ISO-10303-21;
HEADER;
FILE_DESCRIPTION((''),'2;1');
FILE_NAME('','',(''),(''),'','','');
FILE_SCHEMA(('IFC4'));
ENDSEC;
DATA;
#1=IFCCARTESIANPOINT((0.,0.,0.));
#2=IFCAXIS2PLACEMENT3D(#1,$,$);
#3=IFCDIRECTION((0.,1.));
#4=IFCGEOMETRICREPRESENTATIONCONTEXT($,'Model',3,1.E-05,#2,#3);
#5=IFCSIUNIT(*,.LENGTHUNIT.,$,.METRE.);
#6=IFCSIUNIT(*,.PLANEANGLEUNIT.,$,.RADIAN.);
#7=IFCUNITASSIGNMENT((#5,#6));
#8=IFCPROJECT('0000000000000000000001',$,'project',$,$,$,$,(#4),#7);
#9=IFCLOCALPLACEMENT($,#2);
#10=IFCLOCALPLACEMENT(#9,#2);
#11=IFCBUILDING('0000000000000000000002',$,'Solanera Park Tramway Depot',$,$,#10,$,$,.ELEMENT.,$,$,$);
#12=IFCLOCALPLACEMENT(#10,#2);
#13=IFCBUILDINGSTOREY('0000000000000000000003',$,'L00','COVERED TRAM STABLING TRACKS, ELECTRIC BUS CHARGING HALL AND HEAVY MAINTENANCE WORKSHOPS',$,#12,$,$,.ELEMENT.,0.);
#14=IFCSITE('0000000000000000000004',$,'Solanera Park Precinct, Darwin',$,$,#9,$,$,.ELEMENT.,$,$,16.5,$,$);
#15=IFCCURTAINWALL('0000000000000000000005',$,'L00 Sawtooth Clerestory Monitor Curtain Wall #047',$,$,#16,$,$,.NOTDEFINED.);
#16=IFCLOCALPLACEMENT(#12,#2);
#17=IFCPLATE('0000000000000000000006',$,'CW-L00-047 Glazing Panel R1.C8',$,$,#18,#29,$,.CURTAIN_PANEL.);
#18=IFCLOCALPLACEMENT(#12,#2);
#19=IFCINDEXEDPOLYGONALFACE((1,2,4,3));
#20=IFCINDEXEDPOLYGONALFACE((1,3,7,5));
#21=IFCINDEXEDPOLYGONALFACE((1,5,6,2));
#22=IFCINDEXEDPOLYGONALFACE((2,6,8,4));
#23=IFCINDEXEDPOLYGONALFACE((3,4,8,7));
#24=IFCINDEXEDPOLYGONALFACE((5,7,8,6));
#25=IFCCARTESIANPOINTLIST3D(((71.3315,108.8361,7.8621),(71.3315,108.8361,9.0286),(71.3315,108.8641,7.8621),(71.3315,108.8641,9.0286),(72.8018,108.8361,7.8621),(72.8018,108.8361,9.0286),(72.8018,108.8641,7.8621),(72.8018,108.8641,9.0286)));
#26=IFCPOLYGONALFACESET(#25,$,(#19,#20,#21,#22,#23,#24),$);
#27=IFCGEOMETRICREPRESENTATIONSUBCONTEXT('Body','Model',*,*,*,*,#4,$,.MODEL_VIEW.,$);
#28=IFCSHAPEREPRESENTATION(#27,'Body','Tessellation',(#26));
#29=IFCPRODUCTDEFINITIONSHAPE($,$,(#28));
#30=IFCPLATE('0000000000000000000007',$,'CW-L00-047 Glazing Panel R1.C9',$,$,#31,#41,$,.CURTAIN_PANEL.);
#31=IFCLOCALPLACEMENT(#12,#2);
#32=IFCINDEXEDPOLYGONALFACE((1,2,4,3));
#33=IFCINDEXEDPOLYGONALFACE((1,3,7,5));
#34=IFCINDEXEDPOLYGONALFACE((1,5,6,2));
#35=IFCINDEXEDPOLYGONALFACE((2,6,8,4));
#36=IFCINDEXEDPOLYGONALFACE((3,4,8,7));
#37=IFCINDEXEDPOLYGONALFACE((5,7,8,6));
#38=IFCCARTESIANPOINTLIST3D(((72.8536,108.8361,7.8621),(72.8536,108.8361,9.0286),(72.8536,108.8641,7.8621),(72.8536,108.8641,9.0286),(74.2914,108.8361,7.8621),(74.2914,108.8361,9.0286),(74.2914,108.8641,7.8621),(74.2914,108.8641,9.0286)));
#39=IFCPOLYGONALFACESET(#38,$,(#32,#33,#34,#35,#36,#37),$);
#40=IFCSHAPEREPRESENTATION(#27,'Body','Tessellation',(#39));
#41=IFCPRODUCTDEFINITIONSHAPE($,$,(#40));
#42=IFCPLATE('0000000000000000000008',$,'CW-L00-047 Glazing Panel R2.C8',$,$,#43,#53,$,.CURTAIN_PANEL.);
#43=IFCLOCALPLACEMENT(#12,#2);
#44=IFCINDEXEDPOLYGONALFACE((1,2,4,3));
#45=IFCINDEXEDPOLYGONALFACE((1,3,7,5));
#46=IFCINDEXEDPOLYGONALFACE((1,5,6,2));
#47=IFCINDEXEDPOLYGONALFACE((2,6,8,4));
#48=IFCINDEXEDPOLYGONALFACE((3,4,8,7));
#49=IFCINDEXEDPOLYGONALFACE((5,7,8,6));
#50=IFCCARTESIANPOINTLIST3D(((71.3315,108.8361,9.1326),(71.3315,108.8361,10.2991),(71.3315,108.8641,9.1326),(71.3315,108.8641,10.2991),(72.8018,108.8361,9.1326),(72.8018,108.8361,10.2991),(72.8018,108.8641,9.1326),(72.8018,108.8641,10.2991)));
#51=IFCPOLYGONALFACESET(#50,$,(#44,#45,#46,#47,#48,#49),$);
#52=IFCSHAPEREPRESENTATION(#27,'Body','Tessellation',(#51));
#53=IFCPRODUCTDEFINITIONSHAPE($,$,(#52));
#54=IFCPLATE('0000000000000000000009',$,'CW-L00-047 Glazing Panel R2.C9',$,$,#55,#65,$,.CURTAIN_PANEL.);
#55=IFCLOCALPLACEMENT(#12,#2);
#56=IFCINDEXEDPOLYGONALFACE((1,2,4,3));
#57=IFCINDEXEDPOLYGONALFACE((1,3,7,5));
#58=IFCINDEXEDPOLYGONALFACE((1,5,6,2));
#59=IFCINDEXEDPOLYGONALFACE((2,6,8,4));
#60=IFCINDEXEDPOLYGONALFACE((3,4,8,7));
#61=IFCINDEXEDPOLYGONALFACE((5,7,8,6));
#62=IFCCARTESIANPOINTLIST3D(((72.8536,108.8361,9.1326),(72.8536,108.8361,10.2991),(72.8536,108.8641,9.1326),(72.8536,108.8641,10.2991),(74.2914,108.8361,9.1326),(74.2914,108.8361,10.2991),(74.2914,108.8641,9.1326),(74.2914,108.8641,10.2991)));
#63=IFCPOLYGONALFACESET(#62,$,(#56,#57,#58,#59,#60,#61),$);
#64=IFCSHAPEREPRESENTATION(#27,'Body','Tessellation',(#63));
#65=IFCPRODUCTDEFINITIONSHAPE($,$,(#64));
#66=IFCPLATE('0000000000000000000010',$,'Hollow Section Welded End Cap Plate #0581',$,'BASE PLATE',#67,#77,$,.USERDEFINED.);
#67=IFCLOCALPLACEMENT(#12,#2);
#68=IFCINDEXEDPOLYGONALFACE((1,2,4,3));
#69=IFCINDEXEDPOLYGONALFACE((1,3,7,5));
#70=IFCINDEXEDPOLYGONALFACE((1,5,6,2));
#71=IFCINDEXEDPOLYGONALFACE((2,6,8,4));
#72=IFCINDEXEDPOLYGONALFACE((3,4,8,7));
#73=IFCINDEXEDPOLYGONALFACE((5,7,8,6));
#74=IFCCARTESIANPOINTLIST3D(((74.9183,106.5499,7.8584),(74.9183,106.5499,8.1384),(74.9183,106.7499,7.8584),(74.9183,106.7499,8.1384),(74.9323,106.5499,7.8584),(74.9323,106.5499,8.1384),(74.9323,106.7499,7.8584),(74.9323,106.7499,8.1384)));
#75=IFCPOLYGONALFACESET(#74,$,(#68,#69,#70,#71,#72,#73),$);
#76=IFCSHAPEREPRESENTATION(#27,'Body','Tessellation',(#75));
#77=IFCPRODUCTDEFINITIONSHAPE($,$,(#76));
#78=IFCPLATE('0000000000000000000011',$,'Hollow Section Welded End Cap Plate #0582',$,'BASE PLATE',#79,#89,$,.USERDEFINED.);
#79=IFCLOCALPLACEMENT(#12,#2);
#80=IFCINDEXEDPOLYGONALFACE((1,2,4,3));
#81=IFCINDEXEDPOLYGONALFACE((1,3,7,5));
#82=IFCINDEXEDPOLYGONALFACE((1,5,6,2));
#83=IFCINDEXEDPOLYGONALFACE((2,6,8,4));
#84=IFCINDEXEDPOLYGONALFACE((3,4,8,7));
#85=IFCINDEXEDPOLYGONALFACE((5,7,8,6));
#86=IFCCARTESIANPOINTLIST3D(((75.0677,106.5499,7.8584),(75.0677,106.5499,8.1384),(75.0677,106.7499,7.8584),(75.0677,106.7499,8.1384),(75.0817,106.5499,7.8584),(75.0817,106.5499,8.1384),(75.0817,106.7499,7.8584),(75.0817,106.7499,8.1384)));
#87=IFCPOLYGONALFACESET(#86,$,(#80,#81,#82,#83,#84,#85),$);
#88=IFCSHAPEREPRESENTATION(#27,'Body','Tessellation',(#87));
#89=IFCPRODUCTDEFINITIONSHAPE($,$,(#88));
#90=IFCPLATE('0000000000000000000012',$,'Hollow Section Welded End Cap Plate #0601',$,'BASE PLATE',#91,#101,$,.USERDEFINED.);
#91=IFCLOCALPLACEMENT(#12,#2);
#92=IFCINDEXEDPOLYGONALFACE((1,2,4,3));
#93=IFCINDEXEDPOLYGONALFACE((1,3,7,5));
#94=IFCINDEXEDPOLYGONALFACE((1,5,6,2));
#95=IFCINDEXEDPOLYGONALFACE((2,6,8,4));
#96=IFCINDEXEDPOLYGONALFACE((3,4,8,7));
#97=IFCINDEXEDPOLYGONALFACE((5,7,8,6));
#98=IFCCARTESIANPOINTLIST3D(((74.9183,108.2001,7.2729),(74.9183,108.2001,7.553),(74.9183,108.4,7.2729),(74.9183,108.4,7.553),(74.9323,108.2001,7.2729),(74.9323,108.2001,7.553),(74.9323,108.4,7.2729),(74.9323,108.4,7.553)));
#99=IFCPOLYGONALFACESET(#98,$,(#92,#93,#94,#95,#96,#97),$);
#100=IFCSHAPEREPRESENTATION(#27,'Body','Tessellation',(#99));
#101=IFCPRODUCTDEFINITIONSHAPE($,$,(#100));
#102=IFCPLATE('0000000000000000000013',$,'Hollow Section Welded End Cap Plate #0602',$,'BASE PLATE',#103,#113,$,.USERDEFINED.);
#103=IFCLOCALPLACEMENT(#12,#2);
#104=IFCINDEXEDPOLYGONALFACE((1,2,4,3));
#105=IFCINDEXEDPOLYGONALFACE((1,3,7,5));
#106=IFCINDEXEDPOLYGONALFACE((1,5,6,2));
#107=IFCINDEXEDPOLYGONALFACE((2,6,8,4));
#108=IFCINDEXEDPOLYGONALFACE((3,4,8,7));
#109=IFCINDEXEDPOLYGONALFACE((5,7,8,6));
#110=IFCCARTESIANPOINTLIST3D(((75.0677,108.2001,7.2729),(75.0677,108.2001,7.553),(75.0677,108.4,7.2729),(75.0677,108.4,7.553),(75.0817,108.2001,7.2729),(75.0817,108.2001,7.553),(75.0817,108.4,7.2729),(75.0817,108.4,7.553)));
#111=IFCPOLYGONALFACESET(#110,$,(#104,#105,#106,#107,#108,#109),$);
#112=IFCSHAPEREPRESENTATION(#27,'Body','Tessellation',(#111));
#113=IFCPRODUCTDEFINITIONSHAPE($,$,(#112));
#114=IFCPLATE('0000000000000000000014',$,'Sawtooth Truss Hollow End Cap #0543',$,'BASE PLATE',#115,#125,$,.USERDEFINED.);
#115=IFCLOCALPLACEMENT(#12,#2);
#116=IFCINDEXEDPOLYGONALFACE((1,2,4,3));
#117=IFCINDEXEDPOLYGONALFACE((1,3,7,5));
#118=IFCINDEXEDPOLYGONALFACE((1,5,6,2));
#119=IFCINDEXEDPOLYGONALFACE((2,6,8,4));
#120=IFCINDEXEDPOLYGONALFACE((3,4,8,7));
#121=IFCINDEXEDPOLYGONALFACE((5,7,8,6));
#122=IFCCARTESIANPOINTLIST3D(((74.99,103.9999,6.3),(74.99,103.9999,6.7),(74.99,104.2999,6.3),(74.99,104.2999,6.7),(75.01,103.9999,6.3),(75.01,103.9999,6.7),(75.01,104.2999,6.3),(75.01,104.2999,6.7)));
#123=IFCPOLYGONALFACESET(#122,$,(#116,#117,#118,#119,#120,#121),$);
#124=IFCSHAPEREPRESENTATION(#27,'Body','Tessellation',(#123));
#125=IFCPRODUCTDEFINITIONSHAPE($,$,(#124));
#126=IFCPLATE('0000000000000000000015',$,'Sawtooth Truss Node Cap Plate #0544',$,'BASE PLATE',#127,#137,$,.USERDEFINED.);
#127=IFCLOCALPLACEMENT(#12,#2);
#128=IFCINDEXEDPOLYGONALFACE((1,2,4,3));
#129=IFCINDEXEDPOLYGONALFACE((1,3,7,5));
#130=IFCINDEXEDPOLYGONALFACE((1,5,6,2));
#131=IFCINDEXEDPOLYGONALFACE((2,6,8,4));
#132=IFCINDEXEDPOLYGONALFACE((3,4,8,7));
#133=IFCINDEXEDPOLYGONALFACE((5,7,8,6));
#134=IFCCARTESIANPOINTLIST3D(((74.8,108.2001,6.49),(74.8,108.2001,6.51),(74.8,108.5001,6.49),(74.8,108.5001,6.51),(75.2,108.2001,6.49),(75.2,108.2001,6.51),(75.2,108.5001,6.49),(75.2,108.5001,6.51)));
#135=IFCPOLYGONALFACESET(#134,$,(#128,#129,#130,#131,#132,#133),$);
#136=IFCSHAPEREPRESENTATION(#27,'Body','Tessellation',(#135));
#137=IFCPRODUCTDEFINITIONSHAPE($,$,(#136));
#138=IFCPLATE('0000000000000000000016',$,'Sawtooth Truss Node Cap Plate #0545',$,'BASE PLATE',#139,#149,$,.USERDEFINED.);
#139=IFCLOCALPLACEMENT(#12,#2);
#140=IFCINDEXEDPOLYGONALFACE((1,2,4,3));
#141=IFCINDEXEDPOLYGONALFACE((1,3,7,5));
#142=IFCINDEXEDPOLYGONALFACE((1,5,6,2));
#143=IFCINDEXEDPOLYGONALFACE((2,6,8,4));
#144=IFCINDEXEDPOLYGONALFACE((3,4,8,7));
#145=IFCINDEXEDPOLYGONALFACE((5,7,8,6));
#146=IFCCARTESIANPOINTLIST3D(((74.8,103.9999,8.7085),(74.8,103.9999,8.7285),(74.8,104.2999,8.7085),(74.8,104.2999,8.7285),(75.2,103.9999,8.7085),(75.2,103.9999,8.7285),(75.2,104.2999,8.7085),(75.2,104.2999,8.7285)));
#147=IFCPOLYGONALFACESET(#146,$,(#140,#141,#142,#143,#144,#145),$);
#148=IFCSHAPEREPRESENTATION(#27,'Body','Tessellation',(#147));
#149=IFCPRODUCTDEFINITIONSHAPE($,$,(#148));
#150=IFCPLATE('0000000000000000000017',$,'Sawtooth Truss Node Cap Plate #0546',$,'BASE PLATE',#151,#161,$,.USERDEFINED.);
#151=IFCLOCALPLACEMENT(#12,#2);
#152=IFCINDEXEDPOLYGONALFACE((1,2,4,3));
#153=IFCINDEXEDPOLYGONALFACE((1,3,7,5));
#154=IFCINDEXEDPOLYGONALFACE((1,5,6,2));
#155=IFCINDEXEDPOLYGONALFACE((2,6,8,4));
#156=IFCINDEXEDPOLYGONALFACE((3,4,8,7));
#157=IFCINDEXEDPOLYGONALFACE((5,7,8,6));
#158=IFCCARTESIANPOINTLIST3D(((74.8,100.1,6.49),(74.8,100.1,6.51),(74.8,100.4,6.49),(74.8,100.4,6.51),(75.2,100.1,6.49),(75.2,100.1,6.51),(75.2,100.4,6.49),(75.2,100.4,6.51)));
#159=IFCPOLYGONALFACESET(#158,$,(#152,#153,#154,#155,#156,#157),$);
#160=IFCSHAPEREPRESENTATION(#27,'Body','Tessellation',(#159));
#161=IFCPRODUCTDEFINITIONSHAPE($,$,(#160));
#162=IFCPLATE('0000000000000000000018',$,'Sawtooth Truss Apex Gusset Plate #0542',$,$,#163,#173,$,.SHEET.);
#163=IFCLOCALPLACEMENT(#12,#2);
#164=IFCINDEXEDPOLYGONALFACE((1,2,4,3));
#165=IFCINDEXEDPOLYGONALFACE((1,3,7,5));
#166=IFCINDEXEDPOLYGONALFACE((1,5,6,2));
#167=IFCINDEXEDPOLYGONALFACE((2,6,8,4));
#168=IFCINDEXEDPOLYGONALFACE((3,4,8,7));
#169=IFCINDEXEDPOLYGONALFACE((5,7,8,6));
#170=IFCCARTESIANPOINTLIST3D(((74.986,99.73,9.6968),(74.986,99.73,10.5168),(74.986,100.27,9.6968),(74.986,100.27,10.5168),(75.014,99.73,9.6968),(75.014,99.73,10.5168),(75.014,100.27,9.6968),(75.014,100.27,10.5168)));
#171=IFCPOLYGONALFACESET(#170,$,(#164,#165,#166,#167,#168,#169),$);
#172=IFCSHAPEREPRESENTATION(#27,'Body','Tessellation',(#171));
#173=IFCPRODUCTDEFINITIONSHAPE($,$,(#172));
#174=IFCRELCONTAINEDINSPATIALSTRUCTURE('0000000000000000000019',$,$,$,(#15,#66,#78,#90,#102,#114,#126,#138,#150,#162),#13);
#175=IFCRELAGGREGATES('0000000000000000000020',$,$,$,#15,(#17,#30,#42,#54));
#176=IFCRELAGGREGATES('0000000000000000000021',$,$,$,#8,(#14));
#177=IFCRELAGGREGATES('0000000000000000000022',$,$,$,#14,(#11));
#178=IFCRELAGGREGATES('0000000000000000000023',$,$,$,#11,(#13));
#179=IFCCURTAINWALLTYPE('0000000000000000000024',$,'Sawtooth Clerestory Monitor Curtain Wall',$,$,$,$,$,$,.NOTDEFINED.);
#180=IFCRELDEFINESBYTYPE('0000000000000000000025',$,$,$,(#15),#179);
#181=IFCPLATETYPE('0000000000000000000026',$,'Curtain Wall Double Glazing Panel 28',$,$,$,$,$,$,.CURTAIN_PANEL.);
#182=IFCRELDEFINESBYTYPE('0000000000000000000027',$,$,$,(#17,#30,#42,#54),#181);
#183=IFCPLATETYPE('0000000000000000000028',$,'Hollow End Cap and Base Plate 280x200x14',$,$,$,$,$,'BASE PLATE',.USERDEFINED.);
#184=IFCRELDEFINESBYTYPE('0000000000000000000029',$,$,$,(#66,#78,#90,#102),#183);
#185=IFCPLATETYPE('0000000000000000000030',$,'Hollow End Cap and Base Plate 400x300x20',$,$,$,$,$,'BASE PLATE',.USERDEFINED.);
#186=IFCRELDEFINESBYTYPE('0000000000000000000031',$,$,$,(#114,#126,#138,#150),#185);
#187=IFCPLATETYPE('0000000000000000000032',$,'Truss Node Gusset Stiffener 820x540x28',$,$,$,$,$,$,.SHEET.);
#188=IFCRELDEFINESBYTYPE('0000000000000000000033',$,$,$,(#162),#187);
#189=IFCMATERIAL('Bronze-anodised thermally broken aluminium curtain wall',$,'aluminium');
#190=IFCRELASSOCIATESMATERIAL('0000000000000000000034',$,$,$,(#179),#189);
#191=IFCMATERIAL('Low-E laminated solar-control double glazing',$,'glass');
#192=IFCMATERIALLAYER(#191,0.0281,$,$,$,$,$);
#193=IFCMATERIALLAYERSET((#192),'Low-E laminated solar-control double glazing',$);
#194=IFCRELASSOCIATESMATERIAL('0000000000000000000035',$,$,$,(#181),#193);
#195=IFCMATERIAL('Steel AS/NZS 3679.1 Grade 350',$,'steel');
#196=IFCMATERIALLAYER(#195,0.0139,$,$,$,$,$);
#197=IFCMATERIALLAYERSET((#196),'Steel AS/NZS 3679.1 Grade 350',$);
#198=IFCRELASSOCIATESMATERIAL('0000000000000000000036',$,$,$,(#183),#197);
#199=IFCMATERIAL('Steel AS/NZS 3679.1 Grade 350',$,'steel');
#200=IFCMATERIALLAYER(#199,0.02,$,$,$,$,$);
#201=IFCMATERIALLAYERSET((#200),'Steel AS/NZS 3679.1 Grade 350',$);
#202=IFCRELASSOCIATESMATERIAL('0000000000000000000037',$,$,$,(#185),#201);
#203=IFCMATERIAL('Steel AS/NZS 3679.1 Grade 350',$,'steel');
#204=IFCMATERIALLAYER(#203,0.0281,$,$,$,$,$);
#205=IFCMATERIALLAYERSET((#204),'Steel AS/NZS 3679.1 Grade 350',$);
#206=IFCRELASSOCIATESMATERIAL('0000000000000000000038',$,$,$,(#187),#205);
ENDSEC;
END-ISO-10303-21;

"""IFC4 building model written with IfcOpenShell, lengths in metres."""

from ifc_helpers import new_model, si_unit, direction, frame, origin, origin_2d, place, context, subcontext, project, spatial, rectangle, extrude, material, layer, layer_set, type_object, element, aggregate, save


model = new_model("IFC4")

# Units and contexts
model_context = context("Model", 3, precision=1e-05, world=origin(), true_north=direction((0.0, 1.0)))
body_context = subcontext(model_context, "Body", "Model", "MODEL_VIEW")
ifc_project = project(units=[si_unit("LENGTHUNIT", "METRE"), si_unit("PLANEANGLEUNIT", "RADIAN")], contexts=[model_context])

# Site, building, storey
site_placement = place(None, origin())
site = spatial("IfcSite", under=ifc_project, at=site_placement, Name="Solanera Park Precinct, Darwin", CompositionType="ELEMENT", RefElevation=16.5)
building_placement = place(site_placement, origin())
building = spatial("IfcBuilding", under=site, at=building_placement, Name="Solanera Park Tramway Depot", CompositionType="ELEMENT")
storey_placement = place(building_placement, origin())
storey = spatial("IfcBuildingStorey", under=building, at=storey_placement, Name="L00", Description="COVERED TRAM STABLING TRACKS, ELECTRIC BUS CHARGING HALL AND HEAVY MAINTENANCE WORKSHOPS", CompositionType="ELEMENT", Elevation=0.0)

# Shared definitions
ifc_material_1 = material(Name="Bronze-anodised thermally broken aluminium curtain wall", Category="aluminium")
curtain_wall_type = type_object("IfcCurtainWallType", Name="Sawtooth Clerestory Monitor Curtain Wall", PredefinedType="NOTDEFINED", material=ifc_material_1)

# Curtain wall
curtain_wall_1_placement = place(storey_placement, origin())
curtain_wall_1 = element("IfcCurtainWall", 1, at=curtain_wall_1_placement, inside=storey, type_object=curtain_wall_type, Name="L00 Sawtooth Clerestory Monitor Curtain Wall #047", PredefinedType="NOTDEFINED")

# Plates
ifc_material_2 = material(Name="Low-E laminated solar-control double glazing", Category="glass")
ifc_layer_1 = layer(ifc_material_2, 0.0281)
ifc_layer_set_1 = layer_set([ifc_layer_1], Name="Low-E laminated solar-control double glazing")
plate_type_1 = type_object("IfcPlateType", Name="Curtain Wall Double Glazing Panel 28", PredefinedType="CURTAIN_PANEL", material=ifc_layer_set_1)
plate_1_placement = place(storey_placement, frame((72.0667, 108.8501, 7.8621), z_axis=(0.0, 0.0, 1.0), x_axis=(1.0, 0.0, 0.0)))
plate_1 = element("IfcPlate", 2, at=plate_1_placement, type_object=plate_type_1, Name="CW-L00-047 Glazing Panel R1.C8", PredefinedType="CURTAIN_PANEL", context=body_context, shape_type="SweptSolid", body=[
    extrude(rectangle(XDim=1.4702, YDim=0.0281, at=origin_2d()), origin(), (0.0, 0.0, 1.0), 1.1665),
])
plate_2_placement = place(storey_placement, frame((73.5725, 108.8501, 7.8621), z_axis=(0.0, 0.0, 1.0), x_axis=(1.0, 0.0, 0.0)))
plate_2 = element("IfcPlate", 3, at=plate_2_placement, type_object=plate_type_1, Name="CW-L00-047 Glazing Panel R1.C9", PredefinedType="CURTAIN_PANEL", context=body_context, shape_type="SweptSolid", body=[
    extrude(rectangle(XDim=1.4377, YDim=0.0281, at=origin_2d()), origin(), (0.0, 0.0, 1.0), 1.1665),
])
plate_3_placement = place(storey_placement, frame((72.0667, 108.8501, 9.1326), z_axis=(0.0, 0.0, 1.0), x_axis=(1.0, 0.0, 0.0)))
plate_3 = element("IfcPlate", 4, at=plate_3_placement, type_object=plate_type_1, Name="CW-L00-047 Glazing Panel R2.C8", PredefinedType="CURTAIN_PANEL", context=body_context, shape_type="SweptSolid", body=[
    extrude(rectangle(XDim=1.4702, YDim=0.0281, at=origin_2d()), origin(), (0.0, 0.0, 1.0), 1.1665),
])
plate_4_placement = place(storey_placement, frame((73.5725, 108.8501, 9.1326), z_axis=(0.0, 0.0, 1.0), x_axis=(1.0, 0.0, 0.0)))
plate_4 = element("IfcPlate", 5, at=plate_4_placement, type_object=plate_type_1, Name="CW-L00-047 Glazing Panel R2.C9", PredefinedType="CURTAIN_PANEL", context=body_context, shape_type="SweptSolid", body=[
    extrude(rectangle(XDim=1.4377, YDim=0.0281, at=origin_2d()), origin(), (0.0, 0.0, 1.0), 1.1665),
])
aggregate(curtain_wall_1, [plate_1, plate_2, plate_3, plate_4])

# Plates
ifc_material_3 = material(Name="Steel AS/NZS 3679.1 Grade 350", Category="steel")
ifc_layer_2 = layer(ifc_material_3, 0.0139)
ifc_layer_set_2 = layer_set([ifc_layer_2], Name="Steel AS/NZS 3679.1 Grade 350")
plate_type_2 = type_object("IfcPlateType", Name="Hollow End Cap and Base Plate 280x200x14", ElementType="BASE PLATE", PredefinedType="USERDEFINED", material=ifc_layer_set_2)
for number, where, z_axis, x_axis, name in (
    (6, (74.9253, 106.6499, 7.8584), (0.0, 0.0, 1.0), (1.0, 0.0, 0.0), "Hollow Section Welded End Cap Plate #0581"),
    (7, (75.0747, 106.6499, 7.8584), (0.0, 0.0, 1.0), (1.0, 0.0, 0.0), "Hollow Section Welded End Cap Plate #0582"),
    (8, (74.9253, 108.3, 7.2729), (0.0, 0.0, 1.0), (1.0, 0.0, 0.0), "Hollow Section Welded End Cap Plate #0601"),
    (9, (75.0747, 108.3, 7.2729), (0.0, 0.0, 1.0), (1.0, 0.0, 0.0), "Hollow Section Welded End Cap Plate #0602"),
):
    element("IfcPlate", number, at=place(storey_placement, frame(where, z_axis=z_axis, x_axis=x_axis)), inside=storey, type_object=plate_type_2, Name=name, ObjectType="BASE PLATE", PredefinedType="USERDEFINED", context=body_context, shape_type="SweptSolid", body=[
        extrude(rectangle(XDim=0.0139, YDim=0.2, at=origin_2d()), origin(), (0.0, 0.0, 1.0), 0.28),
    ])
ifc_material_4 = material(Name="Steel AS/NZS 3679.1 Grade 350", Category="steel")
ifc_layer_3 = layer(ifc_material_4, 0.02)
ifc_layer_set_3 = layer_set([ifc_layer_3], Name="Steel AS/NZS 3679.1 Grade 350")
plate_type_3 = type_object("IfcPlateType", Name="Hollow End Cap and Base Plate 400x300x20", ElementType="BASE PLATE", PredefinedType="USERDEFINED", material=ifc_layer_set_3)
plate_5_placement = place(storey_placement, frame((75.0, 104.1499, 6.3), z_axis=(0.0, 0.0, 1.0), x_axis=(1.0, 0.0, 0.0)))
element("IfcPlate", 10, at=plate_5_placement, inside=storey, type_object=plate_type_3, Name="Sawtooth Truss Hollow End Cap #0543", ObjectType="BASE PLATE", PredefinedType="USERDEFINED", context=body_context, shape_type="SweptSolid", body=[
    extrude(rectangle(XDim=0.02, YDim=0.3, at=origin_2d()), origin(), (0.0, 0.0, 1.0), 0.3999),
])
for number, where, z_axis, x_axis, name in (
    (11, (75.0, 108.3501, 6.49), (0.0, 0.0, 1.0), (1.0, 0.0, 0.0), "Sawtooth Truss Node Cap Plate #0544"),
    (12, (75.0, 104.1499, 8.7085), (0.0, 0.0, 1.0), (1.0, 0.0, 0.0), "Sawtooth Truss Node Cap Plate #0545"),
    (13, (75.0, 100.25, 6.49), (0.0, 0.0, 1.0), (1.0, 0.0, 0.0), "Sawtooth Truss Node Cap Plate #0546"),
):
    element("IfcPlate", number, at=place(storey_placement, frame(where, z_axis=z_axis, x_axis=x_axis)), inside=storey, type_object=plate_type_3, Name=name, ObjectType="BASE PLATE", PredefinedType="USERDEFINED", context=body_context, shape_type="SweptSolid", body=[
        extrude(rectangle(XDim=0.3999, YDim=0.3, at=origin_2d()), origin(), (0.0, 0.0, 1.0), 0.02),
    ])
ifc_material_5 = material(Name="Steel AS/NZS 3679.1 Grade 350", Category="steel")
ifc_layer_4 = layer(ifc_material_5, 0.0281)
ifc_layer_set_4 = layer_set([ifc_layer_4], Name="Steel AS/NZS 3679.1 Grade 350")
plate_type_4 = type_object("IfcPlateType", Name="Truss Node Gusset Stiffener 820x540x28", PredefinedType="SHEET", material=ifc_layer_set_4)
plate_6_placement = place(storey_placement, frame((75.0, 100.0, 9.6968), z_axis=(0.0, 0.0, 1.0), x_axis=(1.0, 0.0, 0.0)))
element("IfcPlate", 14, at=plate_6_placement, inside=storey, type_object=plate_type_4, Name="Sawtooth Truss Apex Gusset Plate #0542", PredefinedType="SHEET", context=body_context, shape_type="SweptSolid", body=[
    extrude(rectangle(XDim=0.0281, YDim=0.54, at=origin_2d()), origin(), (0.0, 0.0, 1.0), 0.8201),
])

save(model, "model.ifc")
